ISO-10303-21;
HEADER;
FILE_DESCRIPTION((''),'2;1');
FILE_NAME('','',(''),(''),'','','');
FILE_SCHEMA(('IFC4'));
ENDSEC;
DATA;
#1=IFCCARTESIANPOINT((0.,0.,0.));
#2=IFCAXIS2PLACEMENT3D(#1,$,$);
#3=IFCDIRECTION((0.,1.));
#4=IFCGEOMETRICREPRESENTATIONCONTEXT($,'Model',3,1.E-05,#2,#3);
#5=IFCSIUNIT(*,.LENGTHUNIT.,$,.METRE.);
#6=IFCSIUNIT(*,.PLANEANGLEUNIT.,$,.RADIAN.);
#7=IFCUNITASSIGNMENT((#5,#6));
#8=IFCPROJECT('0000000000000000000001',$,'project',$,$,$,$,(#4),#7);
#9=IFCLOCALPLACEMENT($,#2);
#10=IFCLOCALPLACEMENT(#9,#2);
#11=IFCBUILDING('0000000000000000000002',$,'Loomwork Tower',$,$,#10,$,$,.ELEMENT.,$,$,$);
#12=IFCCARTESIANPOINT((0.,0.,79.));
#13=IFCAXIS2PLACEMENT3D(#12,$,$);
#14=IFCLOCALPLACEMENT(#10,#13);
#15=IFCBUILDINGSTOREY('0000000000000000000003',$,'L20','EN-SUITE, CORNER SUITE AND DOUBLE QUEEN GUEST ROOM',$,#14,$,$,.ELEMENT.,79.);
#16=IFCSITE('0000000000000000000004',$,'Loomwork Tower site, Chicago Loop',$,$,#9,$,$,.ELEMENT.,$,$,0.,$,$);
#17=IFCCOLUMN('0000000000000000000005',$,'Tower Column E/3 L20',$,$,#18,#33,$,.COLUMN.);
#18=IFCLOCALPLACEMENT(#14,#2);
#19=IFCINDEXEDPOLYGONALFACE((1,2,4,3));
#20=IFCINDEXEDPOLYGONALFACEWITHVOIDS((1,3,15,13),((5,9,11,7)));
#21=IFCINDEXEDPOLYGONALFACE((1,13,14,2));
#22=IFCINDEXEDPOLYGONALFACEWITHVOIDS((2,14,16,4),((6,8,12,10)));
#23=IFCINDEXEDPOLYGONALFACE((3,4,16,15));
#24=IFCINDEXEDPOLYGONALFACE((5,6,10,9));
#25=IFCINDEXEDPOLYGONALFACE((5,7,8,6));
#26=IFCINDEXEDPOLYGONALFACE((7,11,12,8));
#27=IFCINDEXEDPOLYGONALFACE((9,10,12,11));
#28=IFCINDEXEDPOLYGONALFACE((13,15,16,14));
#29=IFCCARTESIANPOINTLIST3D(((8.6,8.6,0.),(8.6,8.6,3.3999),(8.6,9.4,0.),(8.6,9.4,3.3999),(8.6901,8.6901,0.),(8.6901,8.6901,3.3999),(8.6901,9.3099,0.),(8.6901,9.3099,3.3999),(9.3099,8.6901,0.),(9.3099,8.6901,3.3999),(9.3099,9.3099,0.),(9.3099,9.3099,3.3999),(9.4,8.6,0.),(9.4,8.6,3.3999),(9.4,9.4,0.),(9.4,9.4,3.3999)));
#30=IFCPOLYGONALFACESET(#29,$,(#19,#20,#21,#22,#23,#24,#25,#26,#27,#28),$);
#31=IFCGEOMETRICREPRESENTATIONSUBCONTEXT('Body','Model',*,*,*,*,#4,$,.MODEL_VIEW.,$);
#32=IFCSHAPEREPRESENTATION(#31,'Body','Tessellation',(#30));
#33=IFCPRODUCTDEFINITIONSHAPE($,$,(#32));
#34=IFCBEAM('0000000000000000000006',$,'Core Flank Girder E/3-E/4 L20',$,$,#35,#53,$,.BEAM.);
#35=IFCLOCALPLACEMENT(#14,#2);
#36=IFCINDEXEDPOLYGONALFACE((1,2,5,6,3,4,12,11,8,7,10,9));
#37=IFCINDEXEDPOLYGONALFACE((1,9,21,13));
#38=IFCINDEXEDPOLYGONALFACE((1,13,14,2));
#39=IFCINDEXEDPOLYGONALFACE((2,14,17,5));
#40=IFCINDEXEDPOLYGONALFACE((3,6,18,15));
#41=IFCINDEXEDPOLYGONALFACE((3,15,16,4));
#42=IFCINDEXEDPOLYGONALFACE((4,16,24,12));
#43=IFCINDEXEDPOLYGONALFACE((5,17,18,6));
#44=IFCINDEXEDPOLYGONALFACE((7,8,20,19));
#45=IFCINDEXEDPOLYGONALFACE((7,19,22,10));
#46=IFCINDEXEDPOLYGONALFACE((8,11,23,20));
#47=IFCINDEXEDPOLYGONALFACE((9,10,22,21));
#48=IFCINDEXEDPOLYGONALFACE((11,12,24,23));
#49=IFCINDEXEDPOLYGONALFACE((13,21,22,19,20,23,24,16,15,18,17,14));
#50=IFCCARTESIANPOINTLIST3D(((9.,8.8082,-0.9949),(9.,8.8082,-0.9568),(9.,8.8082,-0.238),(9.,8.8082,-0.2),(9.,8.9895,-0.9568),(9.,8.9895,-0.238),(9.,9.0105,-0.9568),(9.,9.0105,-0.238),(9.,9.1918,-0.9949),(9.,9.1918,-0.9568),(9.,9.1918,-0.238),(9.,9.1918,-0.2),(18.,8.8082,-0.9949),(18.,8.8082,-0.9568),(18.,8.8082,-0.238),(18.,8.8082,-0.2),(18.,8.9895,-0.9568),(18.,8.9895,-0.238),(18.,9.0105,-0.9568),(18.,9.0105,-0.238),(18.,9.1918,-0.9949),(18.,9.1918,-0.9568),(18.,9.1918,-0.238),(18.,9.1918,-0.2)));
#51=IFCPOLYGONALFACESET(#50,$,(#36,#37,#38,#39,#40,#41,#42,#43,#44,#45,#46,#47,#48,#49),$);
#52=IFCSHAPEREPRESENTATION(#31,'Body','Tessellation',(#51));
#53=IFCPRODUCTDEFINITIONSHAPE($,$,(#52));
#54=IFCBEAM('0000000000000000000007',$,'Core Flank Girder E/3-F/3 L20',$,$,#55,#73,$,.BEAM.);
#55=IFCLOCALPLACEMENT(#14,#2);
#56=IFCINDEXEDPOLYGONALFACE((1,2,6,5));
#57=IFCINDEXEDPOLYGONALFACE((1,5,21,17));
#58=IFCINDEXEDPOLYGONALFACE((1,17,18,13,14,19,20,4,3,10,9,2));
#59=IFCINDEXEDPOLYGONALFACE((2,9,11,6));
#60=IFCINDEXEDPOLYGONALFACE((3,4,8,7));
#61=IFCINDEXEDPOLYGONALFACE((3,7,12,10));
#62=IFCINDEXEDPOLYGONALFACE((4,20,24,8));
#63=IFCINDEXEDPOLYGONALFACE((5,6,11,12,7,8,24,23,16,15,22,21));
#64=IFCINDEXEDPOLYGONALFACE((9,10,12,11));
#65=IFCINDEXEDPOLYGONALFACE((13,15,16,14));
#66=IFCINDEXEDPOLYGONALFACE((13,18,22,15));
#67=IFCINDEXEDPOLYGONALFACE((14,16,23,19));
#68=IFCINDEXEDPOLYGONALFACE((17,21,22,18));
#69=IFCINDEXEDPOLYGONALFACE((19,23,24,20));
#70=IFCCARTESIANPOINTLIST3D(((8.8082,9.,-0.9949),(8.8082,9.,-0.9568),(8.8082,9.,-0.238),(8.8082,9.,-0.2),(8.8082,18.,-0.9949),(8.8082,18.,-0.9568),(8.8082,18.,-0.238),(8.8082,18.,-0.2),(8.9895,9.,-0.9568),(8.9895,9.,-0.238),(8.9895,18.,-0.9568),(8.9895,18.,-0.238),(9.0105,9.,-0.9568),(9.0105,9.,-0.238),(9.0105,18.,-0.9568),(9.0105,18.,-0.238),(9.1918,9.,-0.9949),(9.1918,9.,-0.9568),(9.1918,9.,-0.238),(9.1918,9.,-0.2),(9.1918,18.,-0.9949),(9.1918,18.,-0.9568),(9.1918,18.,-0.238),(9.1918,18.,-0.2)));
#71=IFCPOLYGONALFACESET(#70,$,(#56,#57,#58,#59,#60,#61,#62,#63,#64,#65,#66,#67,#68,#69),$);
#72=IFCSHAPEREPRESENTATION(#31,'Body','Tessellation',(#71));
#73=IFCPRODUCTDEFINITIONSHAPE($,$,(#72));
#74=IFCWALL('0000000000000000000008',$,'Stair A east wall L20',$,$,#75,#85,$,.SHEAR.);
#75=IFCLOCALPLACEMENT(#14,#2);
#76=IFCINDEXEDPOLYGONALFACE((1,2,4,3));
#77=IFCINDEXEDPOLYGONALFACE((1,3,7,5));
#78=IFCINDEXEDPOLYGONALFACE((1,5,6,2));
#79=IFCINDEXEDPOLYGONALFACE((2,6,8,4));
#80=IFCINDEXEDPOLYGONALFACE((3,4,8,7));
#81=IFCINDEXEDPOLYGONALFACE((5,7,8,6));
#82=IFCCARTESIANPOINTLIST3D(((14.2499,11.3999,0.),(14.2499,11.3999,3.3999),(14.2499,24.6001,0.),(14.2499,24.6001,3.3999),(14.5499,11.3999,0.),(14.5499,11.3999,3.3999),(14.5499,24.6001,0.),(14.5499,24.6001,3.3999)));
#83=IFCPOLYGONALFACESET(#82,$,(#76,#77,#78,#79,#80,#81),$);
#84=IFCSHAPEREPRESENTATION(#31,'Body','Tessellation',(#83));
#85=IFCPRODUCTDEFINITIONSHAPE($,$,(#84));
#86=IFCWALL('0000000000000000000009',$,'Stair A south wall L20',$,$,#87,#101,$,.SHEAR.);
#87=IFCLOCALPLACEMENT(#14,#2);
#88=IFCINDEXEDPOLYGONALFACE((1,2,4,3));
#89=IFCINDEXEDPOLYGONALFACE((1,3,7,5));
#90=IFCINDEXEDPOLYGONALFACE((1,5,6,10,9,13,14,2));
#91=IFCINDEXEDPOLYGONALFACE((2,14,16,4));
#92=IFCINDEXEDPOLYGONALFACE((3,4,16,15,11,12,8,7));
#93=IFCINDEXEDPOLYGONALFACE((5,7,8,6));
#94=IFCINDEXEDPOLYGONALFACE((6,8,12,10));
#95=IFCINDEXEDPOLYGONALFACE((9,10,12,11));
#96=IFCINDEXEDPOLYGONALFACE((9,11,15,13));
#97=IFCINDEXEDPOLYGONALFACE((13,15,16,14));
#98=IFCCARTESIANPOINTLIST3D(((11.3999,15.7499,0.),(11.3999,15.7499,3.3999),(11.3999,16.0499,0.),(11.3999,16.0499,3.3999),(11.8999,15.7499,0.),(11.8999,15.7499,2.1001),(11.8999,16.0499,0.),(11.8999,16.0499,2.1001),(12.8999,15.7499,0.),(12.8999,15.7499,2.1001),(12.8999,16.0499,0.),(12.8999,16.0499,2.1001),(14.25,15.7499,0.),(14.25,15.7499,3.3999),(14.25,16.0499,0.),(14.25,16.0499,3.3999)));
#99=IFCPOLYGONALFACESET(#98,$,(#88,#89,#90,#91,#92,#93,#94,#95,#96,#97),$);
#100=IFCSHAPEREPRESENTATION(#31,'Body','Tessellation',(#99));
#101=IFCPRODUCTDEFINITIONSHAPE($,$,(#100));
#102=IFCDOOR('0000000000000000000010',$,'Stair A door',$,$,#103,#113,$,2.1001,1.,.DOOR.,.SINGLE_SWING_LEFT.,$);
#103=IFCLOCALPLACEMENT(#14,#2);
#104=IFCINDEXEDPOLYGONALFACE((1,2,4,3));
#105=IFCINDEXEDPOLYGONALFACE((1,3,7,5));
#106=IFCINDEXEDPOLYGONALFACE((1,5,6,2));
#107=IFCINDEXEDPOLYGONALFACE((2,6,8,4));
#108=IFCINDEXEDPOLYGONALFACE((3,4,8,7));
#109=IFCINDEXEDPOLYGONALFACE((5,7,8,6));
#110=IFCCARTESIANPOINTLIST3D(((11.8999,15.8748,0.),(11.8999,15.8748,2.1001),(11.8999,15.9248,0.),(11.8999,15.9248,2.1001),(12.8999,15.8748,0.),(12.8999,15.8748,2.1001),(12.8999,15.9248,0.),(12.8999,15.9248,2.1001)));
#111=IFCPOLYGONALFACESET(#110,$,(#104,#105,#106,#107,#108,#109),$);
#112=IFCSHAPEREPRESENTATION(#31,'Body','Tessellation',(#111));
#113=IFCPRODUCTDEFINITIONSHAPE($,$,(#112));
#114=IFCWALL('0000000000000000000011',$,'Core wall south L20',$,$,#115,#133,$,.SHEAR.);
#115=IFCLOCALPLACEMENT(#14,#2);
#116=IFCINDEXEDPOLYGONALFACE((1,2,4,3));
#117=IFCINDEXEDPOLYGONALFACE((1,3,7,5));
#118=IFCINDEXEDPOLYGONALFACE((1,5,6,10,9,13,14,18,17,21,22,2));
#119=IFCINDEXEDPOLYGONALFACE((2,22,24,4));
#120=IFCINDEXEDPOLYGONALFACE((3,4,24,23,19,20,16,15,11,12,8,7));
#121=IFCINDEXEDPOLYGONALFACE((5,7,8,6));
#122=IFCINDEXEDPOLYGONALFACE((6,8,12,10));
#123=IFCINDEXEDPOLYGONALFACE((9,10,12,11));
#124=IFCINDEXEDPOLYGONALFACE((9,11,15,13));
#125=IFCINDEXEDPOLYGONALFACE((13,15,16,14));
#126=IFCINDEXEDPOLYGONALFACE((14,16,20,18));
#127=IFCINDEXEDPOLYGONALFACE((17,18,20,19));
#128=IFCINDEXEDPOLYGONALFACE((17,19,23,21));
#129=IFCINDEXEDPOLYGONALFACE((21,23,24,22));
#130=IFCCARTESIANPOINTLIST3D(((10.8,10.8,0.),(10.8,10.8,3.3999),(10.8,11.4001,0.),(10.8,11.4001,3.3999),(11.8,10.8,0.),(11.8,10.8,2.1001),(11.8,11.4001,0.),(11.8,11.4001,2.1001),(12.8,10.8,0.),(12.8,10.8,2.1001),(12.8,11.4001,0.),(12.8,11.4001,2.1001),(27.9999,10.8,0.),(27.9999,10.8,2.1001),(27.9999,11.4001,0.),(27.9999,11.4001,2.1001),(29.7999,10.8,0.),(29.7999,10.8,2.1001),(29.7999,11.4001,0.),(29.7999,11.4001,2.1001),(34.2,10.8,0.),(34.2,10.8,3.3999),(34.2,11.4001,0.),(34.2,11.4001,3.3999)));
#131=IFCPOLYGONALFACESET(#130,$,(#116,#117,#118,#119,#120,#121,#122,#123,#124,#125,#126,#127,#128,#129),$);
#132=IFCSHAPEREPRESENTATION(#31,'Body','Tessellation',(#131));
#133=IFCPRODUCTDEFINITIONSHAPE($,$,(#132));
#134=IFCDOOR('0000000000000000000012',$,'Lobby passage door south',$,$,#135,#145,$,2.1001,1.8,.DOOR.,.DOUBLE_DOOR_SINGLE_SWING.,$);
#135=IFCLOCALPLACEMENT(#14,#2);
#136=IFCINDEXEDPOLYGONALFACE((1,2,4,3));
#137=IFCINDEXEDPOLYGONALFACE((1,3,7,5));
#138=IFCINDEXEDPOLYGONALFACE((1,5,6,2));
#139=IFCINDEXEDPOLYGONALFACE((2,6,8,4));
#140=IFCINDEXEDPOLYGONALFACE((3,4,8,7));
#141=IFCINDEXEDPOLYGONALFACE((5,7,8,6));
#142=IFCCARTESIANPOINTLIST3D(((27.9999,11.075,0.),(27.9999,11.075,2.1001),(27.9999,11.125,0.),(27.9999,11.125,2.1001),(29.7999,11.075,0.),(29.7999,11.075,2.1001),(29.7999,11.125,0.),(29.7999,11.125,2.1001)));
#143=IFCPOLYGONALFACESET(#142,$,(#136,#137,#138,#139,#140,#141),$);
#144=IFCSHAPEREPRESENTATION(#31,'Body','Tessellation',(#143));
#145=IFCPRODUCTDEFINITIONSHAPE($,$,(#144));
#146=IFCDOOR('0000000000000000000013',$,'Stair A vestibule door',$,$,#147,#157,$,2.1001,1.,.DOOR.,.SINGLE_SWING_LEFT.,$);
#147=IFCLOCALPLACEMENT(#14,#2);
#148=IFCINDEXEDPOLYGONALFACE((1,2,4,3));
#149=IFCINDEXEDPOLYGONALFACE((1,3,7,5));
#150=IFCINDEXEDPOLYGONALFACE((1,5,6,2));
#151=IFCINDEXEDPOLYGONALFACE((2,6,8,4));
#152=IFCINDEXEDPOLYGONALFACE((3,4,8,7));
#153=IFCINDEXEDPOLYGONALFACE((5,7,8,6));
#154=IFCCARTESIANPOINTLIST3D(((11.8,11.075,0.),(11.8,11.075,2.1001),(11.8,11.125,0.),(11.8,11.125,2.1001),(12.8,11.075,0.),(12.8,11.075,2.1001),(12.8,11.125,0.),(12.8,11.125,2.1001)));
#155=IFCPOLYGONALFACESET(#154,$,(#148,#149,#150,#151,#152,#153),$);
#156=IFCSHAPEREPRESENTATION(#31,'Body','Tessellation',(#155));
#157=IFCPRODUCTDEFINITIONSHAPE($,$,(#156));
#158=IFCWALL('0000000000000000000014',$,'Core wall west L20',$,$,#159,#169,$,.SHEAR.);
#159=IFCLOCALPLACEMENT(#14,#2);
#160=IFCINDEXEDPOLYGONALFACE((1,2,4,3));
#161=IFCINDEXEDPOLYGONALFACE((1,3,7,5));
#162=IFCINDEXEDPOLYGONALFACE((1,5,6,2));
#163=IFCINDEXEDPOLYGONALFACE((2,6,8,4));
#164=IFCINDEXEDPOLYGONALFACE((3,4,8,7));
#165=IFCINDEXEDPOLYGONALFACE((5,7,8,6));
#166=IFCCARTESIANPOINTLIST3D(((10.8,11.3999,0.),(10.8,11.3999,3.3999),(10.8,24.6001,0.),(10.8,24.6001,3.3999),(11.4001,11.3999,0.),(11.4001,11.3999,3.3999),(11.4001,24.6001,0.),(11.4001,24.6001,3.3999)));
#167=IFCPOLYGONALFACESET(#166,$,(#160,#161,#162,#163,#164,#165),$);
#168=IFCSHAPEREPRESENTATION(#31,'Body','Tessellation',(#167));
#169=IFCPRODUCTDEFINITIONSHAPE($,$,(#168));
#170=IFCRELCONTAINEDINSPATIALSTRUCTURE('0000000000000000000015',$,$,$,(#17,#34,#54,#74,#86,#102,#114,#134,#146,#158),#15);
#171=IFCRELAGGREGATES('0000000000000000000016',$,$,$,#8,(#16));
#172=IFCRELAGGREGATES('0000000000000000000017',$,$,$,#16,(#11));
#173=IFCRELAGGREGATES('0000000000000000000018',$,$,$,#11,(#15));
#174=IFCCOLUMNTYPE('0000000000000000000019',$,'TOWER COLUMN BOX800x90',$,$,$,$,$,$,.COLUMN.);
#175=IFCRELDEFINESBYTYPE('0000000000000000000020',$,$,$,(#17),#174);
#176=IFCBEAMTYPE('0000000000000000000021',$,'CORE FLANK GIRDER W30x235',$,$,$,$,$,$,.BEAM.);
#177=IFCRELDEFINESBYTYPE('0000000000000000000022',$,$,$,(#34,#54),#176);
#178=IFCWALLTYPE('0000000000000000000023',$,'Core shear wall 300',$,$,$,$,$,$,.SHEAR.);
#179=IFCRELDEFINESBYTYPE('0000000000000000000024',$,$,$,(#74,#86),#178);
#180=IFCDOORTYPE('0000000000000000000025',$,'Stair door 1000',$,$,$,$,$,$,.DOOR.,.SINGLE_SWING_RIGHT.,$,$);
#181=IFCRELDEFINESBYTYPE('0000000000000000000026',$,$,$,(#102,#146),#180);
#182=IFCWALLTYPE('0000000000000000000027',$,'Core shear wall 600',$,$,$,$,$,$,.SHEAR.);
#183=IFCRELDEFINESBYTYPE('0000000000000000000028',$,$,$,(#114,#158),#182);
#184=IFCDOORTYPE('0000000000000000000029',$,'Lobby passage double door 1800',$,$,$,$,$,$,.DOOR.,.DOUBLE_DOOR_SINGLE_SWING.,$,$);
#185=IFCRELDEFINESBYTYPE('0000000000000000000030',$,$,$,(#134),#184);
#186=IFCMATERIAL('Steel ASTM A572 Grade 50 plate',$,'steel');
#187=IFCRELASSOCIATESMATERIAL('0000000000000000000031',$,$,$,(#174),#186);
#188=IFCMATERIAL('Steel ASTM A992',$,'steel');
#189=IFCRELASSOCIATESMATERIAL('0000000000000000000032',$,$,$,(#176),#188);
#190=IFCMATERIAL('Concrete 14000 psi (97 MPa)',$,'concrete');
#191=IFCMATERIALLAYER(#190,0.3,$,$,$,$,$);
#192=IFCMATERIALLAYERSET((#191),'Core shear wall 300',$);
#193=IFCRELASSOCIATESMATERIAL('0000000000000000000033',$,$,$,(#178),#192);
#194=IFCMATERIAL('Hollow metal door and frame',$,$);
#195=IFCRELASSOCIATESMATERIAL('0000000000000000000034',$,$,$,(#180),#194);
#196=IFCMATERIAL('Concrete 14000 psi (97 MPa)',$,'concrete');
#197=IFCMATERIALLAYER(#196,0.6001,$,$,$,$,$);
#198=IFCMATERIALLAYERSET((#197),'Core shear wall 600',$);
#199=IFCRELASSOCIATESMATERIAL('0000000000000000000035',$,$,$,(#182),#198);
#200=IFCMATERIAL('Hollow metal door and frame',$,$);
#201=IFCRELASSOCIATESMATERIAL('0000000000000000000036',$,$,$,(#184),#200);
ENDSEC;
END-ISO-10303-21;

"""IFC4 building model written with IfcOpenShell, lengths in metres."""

from ifc_helpers import new_model, si_unit, direction, frame, frame_2d, origin, origin_2d, place, context, subcontext, project, spatial, rectangle, hollow_rectangle, i_section, extrude, material, layer, layer_set, material_profile, profile_set, type_object, element, fill, save


model = new_model("IFC4")

# Units and contexts
model_context = context("Model", 3, precision=1e-05, world=origin(), true_north=direction((0.0, 1.0)))
body_context = subcontext(model_context, "Body", "Model", "MODEL_VIEW")
ifc_project = project(units=[si_unit("LENGTHUNIT", "METRE"), si_unit("PLANEANGLEUNIT", "RADIAN")], contexts=[model_context])

# Site, building, storey
site_placement = place(None, origin())
site = spatial("IfcSite", under=ifc_project, at=site_placement, Name="Loomwork Tower site, Chicago Loop", CompositionType="ELEMENT", RefElevation=0.0)
building_placement = place(site_placement, origin())
building = spatial("IfcBuilding", under=site, at=building_placement, Name="Loomwork Tower", CompositionType="ELEMENT")
storey_placement = place(building_placement, frame((0.0, 0.0, 79.0)))
storey = spatial("IfcBuildingStorey", under=building, at=storey_placement, Name="L20", Description="EN-SUITE, CORNER SUITE AND DOUBLE QUEEN GUEST ROOM", CompositionType="ELEMENT", Elevation=79.0)

# Column
ifc_material_1 = material(Name="Steel ASTM A572 Grade 50 plate", Category="steel")
ifc_material_profile_1 = material_profile(ifc_material_1, hollow_rectangle(XDim=0.8, YDim=0.8, WallThickness=0.0901, at=origin_2d()), Name="BOX800x90")
ifc_profile_set_1 = profile_set([ifc_material_profile_1], Name="Steel ASTM A572 Grade 50 plate")
column_type = type_object("IfcColumnType", Name="TOWER COLUMN BOX800x90", PredefinedType="COLUMN", material=ifc_profile_set_1)
column_placement = place(storey_placement, frame((9.0, 9.0, 0.0), z_axis=(0.0, 0.0, 1.0), x_axis=(1.0, 0.0, 0.0)))
element("IfcColumn", 1, at=column_placement, inside=storey, type_object=column_type, Name="Tower Column E/3 L20", PredefinedType="COLUMN", context=body_context, shape_type="SweptSolid", body=[
    extrude(hollow_rectangle(XDim=0.8, YDim=0.8, WallThickness=0.0901, at=origin_2d()), origin(), (0.0, 0.0, 1.0), 3.3999),
])

# Beams
ifc_material_2 = material(Name="Steel ASTM A992", Category="steel")
ifc_material_profile_2 = material_profile(ifc_material_2, i_section(OverallWidth=0.3835, OverallDepth=0.7949, WebThickness=0.021, FlangeThickness=0.0381, at=origin_2d()), Name="W30x235")
ifc_profile_set_2 = profile_set([ifc_material_profile_2], Name="Steel ASTM A992")
beam_type = type_object("IfcBeamType", Name="CORE FLANK GIRDER W30x235", PredefinedType="BEAM", material=ifc_profile_set_2)
for number, where, z_axis, x_axis, name in (
    (2, (9.0, 9.0, -0.5974), (1.0, 0.0, 0.0), (0.0, 1.0, 0.0), "Core Flank Girder E/3-E/4 L20"),
    (3, (9.0, 9.0, -0.5974), (0.0, 1.0, 0.0), (-1.0, 0.0, 0.0), "Core Flank Girder E/3-F/3 L20"),
):
    element("IfcBeam", number, at=place(storey_placement, frame(where, z_axis=z_axis, x_axis=x_axis)), inside=storey, type_object=beam_type, Name=name, PredefinedType="BEAM", context=body_context, shape_type="SweptSolid", body=[
        extrude(i_section(OverallWidth=0.3835, OverallDepth=0.7949, WebThickness=0.021, FlangeThickness=0.0381, at=origin_2d()), origin(), (0.0, 0.0, 1.0), 9.0),
    ])

# Wall
ifc_material_3 = material(Name="Concrete 14000 psi (97 MPa)", Category="concrete")
ifc_layer_1 = layer(ifc_material_3, 0.3)
ifc_layer_set_1 = layer_set([ifc_layer_1], Name="Core shear wall 300")
wall_type_1 = type_object("IfcWallType", Name="Core shear wall 300", PredefinedType="SHEAR", material=ifc_layer_set_1)
wall_1_placement = place(storey_placement, frame((14.3999, 11.3999, 0.0), z_axis=(0.0, 0.0, 1.0), x_axis=(0.0, 1.0, 0.0)))
element("IfcWall", 4, at=wall_1_placement, inside=storey, type_object=wall_type_1, Name="Stair A east wall L20", PredefinedType="SHEAR", context=body_context, shape_type="SweptSolid", body=[
    extrude(rectangle(XDim=13.2002, YDim=0.3, at=frame_2d((6.6001, 0.0))), origin(), (0.0, 0.0, 1.0), 3.3999),
])

# Wall, opening, door
wall_2_placement = place(storey_placement, frame((11.3999, 15.8999, 0.0), z_axis=(0.0, 0.0, 1.0), x_axis=(1.0, 0.0, 0.0)))
wall_2 = element("IfcWall", 5, at=wall_2_placement, inside=storey, type_object=wall_type_1, Name="Stair A south wall L20", PredefinedType="SHEAR", context=body_context, shape_type="SweptSolid", body=[
    extrude(rectangle(XDim=2.8501, YDim=0.3, at=frame_2d((1.425, 0.0))), origin(), (0.0, 0.0, 1.0), 3.3999),
])
opening_1_placement = place(wall_2_placement, frame((0.5, 0.0, 0.0)))
opening_1 = element("IfcOpeningElement", 6, at=opening_1_placement, cuts=wall_2, PredefinedType="OPENING", context=body_context, shape_type="SweptSolid", body=[
    extrude(rectangle(XDim=1.0, YDim=2.1001, at=frame_2d((0.5, 1.05))), frame((0.0, 0.1599, 0.0), z_axis=(0.0, -1.0, 0.0), x_axis=(1.0, 0.0, 0.0)), (0.0, 0.0, 1.0), 0.3201),
])
ifc_material_4 = material(Name="Hollow metal door and frame")
door_type_1 = type_object("IfcDoorType", Name="Stair door 1000", OperationType="SINGLE_SWING_RIGHT", PredefinedType="DOOR", material=ifc_material_4)
door_1_placement = place(opening_1_placement, origin())
door_1 = element("IfcDoor", 7, at=door_1_placement, inside=storey, type_object=door_type_1, Name="Stair A door", OperationType="SINGLE_SWING_LEFT", OverallHeight=2.1001, OverallWidth=1.0, PredefinedType="DOOR", context=body_context, shape_type="SweptSolid", body=[
    extrude(rectangle(XDim=1.0, YDim=2.1001, at=frame_2d((0.5, 1.05))), frame((0.0, 0.0249, 0.0), z_axis=(0.0, -1.0, 0.0), x_axis=(1.0, 0.0, 0.0)), (0.0, 0.0, 1.0), 0.05),
])
fill(opening_1, door_1)

# Wall, openings, doors
ifc_material_5 = material(Name="Concrete 14000 psi (97 MPa)", Category="concrete")
ifc_layer_2 = layer(ifc_material_5, 0.6001)
ifc_layer_set_2 = layer_set([ifc_layer_2], Name="Core shear wall 600")
wall_type_2 = type_object("IfcWallType", Name="Core shear wall 600", PredefinedType="SHEAR", material=ifc_layer_set_2)
wall_3_placement = place(storey_placement, frame((10.8, 11.1001, 0.0), z_axis=(0.0, 0.0, 1.0), x_axis=(1.0, 0.0, 0.0)))
wall_3 = element("IfcWall", 8, at=wall_3_placement, inside=storey, type_object=wall_type_2, Name="Core wall south L20", PredefinedType="SHEAR", context=body_context, shape_type="SweptSolid", body=[
    extrude(rectangle(XDim=23.3999, YDim=0.6001, at=frame_2d((11.7, 0.0))), origin(), (0.0, 0.0, 1.0), 3.3999),
])
opening_2_placement = place(wall_3_placement, frame((1.0, 0.0, 0.0)))
opening_2 = element("IfcOpeningElement", 9, at=opening_2_placement, cuts=wall_3, PredefinedType="OPENING", context=body_context, shape_type="SweptSolid", body=[
    extrude(rectangle(XDim=1.0, YDim=2.1001, at=frame_2d((0.5, 1.05))), frame((0.0, 0.3101, 0.0), z_axis=(0.0, -1.0, 0.0), x_axis=(1.0, 0.0, 0.0)), (0.0, 0.0, 1.0), 0.6201),
])
opening_3_placement = place(wall_3_placement, frame((17.2, 0.0, 0.0)))
opening_3 = element("IfcOpeningElement", 10, at=opening_3_placement, cuts=wall_3, PredefinedType="OPENING", context=body_context, shape_type="SweptSolid", body=[
    extrude(rectangle(XDim=1.8, YDim=2.1001, at=frame_2d((0.8999, 1.05))), frame((0.0, 0.3101, 0.0), z_axis=(0.0, -1.0, 0.0), x_axis=(1.0, 0.0, 0.0)), (0.0, 0.0, 1.0), 0.6201),
])
ifc_material_6 = material(Name="Hollow metal door and frame")
door_type_2 = type_object("IfcDoorType", Name="Lobby passage double door 1800", OperationType="DOUBLE_DOOR_SINGLE_SWING", PredefinedType="DOOR", material=ifc_material_6)
door_2_placement = place(opening_3_placement, origin())
door_2 = element("IfcDoor", 11, at=door_2_placement, inside=storey, type_object=door_type_2, Name="Lobby passage door south", OperationType="DOUBLE_DOOR_SINGLE_SWING", OverallHeight=2.1001, OverallWidth=1.8, PredefinedType="DOOR", context=body_context, shape_type="SweptSolid", body=[
    extrude(rectangle(XDim=1.8, YDim=2.1001, at=frame_2d((0.8999, 1.05))), frame((0.0, 0.0249, 0.0), z_axis=(0.0, -1.0, 0.0), x_axis=(1.0, 0.0, 0.0)), (0.0, 0.0, 1.0), 0.05),
])
fill(opening_3, door_2)
door_3_placement = place(opening_2_placement, origin())
door_3 = element("IfcDoor", 12, at=door_3_placement, inside=storey, type_object=door_type_1, Name="Stair A vestibule door", OperationType="SINGLE_SWING_LEFT", OverallHeight=2.1001, OverallWidth=1.0, PredefinedType="DOOR", context=body_context, shape_type="SweptSolid", body=[
    extrude(rectangle(XDim=1.0, YDim=2.1001, at=frame_2d((0.5, 1.05))), frame((0.0, 0.0249, 0.0), z_axis=(0.0, -1.0, 0.0), x_axis=(1.0, 0.0, 0.0)), (0.0, 0.0, 1.0), 0.05),
])
fill(opening_2, door_3)

# Wall
wall_4_placement = place(storey_placement, frame((11.1001, 11.3999, 0.0), z_axis=(0.0, 0.0, 1.0), x_axis=(0.0, 1.0, 0.0)))
element("IfcWall", 13, at=wall_4_placement, inside=storey, type_object=wall_type_2, Name="Core wall west L20", PredefinedType="SHEAR", context=body_context, shape_type="SweptSolid", body=[
    extrude(rectangle(XDim=13.2002, YDim=0.6001, at=frame_2d((6.6001, 0.0))), origin(), (0.0, 0.0, 1.0), 3.3999),
])

save(model, "model.ifc")
